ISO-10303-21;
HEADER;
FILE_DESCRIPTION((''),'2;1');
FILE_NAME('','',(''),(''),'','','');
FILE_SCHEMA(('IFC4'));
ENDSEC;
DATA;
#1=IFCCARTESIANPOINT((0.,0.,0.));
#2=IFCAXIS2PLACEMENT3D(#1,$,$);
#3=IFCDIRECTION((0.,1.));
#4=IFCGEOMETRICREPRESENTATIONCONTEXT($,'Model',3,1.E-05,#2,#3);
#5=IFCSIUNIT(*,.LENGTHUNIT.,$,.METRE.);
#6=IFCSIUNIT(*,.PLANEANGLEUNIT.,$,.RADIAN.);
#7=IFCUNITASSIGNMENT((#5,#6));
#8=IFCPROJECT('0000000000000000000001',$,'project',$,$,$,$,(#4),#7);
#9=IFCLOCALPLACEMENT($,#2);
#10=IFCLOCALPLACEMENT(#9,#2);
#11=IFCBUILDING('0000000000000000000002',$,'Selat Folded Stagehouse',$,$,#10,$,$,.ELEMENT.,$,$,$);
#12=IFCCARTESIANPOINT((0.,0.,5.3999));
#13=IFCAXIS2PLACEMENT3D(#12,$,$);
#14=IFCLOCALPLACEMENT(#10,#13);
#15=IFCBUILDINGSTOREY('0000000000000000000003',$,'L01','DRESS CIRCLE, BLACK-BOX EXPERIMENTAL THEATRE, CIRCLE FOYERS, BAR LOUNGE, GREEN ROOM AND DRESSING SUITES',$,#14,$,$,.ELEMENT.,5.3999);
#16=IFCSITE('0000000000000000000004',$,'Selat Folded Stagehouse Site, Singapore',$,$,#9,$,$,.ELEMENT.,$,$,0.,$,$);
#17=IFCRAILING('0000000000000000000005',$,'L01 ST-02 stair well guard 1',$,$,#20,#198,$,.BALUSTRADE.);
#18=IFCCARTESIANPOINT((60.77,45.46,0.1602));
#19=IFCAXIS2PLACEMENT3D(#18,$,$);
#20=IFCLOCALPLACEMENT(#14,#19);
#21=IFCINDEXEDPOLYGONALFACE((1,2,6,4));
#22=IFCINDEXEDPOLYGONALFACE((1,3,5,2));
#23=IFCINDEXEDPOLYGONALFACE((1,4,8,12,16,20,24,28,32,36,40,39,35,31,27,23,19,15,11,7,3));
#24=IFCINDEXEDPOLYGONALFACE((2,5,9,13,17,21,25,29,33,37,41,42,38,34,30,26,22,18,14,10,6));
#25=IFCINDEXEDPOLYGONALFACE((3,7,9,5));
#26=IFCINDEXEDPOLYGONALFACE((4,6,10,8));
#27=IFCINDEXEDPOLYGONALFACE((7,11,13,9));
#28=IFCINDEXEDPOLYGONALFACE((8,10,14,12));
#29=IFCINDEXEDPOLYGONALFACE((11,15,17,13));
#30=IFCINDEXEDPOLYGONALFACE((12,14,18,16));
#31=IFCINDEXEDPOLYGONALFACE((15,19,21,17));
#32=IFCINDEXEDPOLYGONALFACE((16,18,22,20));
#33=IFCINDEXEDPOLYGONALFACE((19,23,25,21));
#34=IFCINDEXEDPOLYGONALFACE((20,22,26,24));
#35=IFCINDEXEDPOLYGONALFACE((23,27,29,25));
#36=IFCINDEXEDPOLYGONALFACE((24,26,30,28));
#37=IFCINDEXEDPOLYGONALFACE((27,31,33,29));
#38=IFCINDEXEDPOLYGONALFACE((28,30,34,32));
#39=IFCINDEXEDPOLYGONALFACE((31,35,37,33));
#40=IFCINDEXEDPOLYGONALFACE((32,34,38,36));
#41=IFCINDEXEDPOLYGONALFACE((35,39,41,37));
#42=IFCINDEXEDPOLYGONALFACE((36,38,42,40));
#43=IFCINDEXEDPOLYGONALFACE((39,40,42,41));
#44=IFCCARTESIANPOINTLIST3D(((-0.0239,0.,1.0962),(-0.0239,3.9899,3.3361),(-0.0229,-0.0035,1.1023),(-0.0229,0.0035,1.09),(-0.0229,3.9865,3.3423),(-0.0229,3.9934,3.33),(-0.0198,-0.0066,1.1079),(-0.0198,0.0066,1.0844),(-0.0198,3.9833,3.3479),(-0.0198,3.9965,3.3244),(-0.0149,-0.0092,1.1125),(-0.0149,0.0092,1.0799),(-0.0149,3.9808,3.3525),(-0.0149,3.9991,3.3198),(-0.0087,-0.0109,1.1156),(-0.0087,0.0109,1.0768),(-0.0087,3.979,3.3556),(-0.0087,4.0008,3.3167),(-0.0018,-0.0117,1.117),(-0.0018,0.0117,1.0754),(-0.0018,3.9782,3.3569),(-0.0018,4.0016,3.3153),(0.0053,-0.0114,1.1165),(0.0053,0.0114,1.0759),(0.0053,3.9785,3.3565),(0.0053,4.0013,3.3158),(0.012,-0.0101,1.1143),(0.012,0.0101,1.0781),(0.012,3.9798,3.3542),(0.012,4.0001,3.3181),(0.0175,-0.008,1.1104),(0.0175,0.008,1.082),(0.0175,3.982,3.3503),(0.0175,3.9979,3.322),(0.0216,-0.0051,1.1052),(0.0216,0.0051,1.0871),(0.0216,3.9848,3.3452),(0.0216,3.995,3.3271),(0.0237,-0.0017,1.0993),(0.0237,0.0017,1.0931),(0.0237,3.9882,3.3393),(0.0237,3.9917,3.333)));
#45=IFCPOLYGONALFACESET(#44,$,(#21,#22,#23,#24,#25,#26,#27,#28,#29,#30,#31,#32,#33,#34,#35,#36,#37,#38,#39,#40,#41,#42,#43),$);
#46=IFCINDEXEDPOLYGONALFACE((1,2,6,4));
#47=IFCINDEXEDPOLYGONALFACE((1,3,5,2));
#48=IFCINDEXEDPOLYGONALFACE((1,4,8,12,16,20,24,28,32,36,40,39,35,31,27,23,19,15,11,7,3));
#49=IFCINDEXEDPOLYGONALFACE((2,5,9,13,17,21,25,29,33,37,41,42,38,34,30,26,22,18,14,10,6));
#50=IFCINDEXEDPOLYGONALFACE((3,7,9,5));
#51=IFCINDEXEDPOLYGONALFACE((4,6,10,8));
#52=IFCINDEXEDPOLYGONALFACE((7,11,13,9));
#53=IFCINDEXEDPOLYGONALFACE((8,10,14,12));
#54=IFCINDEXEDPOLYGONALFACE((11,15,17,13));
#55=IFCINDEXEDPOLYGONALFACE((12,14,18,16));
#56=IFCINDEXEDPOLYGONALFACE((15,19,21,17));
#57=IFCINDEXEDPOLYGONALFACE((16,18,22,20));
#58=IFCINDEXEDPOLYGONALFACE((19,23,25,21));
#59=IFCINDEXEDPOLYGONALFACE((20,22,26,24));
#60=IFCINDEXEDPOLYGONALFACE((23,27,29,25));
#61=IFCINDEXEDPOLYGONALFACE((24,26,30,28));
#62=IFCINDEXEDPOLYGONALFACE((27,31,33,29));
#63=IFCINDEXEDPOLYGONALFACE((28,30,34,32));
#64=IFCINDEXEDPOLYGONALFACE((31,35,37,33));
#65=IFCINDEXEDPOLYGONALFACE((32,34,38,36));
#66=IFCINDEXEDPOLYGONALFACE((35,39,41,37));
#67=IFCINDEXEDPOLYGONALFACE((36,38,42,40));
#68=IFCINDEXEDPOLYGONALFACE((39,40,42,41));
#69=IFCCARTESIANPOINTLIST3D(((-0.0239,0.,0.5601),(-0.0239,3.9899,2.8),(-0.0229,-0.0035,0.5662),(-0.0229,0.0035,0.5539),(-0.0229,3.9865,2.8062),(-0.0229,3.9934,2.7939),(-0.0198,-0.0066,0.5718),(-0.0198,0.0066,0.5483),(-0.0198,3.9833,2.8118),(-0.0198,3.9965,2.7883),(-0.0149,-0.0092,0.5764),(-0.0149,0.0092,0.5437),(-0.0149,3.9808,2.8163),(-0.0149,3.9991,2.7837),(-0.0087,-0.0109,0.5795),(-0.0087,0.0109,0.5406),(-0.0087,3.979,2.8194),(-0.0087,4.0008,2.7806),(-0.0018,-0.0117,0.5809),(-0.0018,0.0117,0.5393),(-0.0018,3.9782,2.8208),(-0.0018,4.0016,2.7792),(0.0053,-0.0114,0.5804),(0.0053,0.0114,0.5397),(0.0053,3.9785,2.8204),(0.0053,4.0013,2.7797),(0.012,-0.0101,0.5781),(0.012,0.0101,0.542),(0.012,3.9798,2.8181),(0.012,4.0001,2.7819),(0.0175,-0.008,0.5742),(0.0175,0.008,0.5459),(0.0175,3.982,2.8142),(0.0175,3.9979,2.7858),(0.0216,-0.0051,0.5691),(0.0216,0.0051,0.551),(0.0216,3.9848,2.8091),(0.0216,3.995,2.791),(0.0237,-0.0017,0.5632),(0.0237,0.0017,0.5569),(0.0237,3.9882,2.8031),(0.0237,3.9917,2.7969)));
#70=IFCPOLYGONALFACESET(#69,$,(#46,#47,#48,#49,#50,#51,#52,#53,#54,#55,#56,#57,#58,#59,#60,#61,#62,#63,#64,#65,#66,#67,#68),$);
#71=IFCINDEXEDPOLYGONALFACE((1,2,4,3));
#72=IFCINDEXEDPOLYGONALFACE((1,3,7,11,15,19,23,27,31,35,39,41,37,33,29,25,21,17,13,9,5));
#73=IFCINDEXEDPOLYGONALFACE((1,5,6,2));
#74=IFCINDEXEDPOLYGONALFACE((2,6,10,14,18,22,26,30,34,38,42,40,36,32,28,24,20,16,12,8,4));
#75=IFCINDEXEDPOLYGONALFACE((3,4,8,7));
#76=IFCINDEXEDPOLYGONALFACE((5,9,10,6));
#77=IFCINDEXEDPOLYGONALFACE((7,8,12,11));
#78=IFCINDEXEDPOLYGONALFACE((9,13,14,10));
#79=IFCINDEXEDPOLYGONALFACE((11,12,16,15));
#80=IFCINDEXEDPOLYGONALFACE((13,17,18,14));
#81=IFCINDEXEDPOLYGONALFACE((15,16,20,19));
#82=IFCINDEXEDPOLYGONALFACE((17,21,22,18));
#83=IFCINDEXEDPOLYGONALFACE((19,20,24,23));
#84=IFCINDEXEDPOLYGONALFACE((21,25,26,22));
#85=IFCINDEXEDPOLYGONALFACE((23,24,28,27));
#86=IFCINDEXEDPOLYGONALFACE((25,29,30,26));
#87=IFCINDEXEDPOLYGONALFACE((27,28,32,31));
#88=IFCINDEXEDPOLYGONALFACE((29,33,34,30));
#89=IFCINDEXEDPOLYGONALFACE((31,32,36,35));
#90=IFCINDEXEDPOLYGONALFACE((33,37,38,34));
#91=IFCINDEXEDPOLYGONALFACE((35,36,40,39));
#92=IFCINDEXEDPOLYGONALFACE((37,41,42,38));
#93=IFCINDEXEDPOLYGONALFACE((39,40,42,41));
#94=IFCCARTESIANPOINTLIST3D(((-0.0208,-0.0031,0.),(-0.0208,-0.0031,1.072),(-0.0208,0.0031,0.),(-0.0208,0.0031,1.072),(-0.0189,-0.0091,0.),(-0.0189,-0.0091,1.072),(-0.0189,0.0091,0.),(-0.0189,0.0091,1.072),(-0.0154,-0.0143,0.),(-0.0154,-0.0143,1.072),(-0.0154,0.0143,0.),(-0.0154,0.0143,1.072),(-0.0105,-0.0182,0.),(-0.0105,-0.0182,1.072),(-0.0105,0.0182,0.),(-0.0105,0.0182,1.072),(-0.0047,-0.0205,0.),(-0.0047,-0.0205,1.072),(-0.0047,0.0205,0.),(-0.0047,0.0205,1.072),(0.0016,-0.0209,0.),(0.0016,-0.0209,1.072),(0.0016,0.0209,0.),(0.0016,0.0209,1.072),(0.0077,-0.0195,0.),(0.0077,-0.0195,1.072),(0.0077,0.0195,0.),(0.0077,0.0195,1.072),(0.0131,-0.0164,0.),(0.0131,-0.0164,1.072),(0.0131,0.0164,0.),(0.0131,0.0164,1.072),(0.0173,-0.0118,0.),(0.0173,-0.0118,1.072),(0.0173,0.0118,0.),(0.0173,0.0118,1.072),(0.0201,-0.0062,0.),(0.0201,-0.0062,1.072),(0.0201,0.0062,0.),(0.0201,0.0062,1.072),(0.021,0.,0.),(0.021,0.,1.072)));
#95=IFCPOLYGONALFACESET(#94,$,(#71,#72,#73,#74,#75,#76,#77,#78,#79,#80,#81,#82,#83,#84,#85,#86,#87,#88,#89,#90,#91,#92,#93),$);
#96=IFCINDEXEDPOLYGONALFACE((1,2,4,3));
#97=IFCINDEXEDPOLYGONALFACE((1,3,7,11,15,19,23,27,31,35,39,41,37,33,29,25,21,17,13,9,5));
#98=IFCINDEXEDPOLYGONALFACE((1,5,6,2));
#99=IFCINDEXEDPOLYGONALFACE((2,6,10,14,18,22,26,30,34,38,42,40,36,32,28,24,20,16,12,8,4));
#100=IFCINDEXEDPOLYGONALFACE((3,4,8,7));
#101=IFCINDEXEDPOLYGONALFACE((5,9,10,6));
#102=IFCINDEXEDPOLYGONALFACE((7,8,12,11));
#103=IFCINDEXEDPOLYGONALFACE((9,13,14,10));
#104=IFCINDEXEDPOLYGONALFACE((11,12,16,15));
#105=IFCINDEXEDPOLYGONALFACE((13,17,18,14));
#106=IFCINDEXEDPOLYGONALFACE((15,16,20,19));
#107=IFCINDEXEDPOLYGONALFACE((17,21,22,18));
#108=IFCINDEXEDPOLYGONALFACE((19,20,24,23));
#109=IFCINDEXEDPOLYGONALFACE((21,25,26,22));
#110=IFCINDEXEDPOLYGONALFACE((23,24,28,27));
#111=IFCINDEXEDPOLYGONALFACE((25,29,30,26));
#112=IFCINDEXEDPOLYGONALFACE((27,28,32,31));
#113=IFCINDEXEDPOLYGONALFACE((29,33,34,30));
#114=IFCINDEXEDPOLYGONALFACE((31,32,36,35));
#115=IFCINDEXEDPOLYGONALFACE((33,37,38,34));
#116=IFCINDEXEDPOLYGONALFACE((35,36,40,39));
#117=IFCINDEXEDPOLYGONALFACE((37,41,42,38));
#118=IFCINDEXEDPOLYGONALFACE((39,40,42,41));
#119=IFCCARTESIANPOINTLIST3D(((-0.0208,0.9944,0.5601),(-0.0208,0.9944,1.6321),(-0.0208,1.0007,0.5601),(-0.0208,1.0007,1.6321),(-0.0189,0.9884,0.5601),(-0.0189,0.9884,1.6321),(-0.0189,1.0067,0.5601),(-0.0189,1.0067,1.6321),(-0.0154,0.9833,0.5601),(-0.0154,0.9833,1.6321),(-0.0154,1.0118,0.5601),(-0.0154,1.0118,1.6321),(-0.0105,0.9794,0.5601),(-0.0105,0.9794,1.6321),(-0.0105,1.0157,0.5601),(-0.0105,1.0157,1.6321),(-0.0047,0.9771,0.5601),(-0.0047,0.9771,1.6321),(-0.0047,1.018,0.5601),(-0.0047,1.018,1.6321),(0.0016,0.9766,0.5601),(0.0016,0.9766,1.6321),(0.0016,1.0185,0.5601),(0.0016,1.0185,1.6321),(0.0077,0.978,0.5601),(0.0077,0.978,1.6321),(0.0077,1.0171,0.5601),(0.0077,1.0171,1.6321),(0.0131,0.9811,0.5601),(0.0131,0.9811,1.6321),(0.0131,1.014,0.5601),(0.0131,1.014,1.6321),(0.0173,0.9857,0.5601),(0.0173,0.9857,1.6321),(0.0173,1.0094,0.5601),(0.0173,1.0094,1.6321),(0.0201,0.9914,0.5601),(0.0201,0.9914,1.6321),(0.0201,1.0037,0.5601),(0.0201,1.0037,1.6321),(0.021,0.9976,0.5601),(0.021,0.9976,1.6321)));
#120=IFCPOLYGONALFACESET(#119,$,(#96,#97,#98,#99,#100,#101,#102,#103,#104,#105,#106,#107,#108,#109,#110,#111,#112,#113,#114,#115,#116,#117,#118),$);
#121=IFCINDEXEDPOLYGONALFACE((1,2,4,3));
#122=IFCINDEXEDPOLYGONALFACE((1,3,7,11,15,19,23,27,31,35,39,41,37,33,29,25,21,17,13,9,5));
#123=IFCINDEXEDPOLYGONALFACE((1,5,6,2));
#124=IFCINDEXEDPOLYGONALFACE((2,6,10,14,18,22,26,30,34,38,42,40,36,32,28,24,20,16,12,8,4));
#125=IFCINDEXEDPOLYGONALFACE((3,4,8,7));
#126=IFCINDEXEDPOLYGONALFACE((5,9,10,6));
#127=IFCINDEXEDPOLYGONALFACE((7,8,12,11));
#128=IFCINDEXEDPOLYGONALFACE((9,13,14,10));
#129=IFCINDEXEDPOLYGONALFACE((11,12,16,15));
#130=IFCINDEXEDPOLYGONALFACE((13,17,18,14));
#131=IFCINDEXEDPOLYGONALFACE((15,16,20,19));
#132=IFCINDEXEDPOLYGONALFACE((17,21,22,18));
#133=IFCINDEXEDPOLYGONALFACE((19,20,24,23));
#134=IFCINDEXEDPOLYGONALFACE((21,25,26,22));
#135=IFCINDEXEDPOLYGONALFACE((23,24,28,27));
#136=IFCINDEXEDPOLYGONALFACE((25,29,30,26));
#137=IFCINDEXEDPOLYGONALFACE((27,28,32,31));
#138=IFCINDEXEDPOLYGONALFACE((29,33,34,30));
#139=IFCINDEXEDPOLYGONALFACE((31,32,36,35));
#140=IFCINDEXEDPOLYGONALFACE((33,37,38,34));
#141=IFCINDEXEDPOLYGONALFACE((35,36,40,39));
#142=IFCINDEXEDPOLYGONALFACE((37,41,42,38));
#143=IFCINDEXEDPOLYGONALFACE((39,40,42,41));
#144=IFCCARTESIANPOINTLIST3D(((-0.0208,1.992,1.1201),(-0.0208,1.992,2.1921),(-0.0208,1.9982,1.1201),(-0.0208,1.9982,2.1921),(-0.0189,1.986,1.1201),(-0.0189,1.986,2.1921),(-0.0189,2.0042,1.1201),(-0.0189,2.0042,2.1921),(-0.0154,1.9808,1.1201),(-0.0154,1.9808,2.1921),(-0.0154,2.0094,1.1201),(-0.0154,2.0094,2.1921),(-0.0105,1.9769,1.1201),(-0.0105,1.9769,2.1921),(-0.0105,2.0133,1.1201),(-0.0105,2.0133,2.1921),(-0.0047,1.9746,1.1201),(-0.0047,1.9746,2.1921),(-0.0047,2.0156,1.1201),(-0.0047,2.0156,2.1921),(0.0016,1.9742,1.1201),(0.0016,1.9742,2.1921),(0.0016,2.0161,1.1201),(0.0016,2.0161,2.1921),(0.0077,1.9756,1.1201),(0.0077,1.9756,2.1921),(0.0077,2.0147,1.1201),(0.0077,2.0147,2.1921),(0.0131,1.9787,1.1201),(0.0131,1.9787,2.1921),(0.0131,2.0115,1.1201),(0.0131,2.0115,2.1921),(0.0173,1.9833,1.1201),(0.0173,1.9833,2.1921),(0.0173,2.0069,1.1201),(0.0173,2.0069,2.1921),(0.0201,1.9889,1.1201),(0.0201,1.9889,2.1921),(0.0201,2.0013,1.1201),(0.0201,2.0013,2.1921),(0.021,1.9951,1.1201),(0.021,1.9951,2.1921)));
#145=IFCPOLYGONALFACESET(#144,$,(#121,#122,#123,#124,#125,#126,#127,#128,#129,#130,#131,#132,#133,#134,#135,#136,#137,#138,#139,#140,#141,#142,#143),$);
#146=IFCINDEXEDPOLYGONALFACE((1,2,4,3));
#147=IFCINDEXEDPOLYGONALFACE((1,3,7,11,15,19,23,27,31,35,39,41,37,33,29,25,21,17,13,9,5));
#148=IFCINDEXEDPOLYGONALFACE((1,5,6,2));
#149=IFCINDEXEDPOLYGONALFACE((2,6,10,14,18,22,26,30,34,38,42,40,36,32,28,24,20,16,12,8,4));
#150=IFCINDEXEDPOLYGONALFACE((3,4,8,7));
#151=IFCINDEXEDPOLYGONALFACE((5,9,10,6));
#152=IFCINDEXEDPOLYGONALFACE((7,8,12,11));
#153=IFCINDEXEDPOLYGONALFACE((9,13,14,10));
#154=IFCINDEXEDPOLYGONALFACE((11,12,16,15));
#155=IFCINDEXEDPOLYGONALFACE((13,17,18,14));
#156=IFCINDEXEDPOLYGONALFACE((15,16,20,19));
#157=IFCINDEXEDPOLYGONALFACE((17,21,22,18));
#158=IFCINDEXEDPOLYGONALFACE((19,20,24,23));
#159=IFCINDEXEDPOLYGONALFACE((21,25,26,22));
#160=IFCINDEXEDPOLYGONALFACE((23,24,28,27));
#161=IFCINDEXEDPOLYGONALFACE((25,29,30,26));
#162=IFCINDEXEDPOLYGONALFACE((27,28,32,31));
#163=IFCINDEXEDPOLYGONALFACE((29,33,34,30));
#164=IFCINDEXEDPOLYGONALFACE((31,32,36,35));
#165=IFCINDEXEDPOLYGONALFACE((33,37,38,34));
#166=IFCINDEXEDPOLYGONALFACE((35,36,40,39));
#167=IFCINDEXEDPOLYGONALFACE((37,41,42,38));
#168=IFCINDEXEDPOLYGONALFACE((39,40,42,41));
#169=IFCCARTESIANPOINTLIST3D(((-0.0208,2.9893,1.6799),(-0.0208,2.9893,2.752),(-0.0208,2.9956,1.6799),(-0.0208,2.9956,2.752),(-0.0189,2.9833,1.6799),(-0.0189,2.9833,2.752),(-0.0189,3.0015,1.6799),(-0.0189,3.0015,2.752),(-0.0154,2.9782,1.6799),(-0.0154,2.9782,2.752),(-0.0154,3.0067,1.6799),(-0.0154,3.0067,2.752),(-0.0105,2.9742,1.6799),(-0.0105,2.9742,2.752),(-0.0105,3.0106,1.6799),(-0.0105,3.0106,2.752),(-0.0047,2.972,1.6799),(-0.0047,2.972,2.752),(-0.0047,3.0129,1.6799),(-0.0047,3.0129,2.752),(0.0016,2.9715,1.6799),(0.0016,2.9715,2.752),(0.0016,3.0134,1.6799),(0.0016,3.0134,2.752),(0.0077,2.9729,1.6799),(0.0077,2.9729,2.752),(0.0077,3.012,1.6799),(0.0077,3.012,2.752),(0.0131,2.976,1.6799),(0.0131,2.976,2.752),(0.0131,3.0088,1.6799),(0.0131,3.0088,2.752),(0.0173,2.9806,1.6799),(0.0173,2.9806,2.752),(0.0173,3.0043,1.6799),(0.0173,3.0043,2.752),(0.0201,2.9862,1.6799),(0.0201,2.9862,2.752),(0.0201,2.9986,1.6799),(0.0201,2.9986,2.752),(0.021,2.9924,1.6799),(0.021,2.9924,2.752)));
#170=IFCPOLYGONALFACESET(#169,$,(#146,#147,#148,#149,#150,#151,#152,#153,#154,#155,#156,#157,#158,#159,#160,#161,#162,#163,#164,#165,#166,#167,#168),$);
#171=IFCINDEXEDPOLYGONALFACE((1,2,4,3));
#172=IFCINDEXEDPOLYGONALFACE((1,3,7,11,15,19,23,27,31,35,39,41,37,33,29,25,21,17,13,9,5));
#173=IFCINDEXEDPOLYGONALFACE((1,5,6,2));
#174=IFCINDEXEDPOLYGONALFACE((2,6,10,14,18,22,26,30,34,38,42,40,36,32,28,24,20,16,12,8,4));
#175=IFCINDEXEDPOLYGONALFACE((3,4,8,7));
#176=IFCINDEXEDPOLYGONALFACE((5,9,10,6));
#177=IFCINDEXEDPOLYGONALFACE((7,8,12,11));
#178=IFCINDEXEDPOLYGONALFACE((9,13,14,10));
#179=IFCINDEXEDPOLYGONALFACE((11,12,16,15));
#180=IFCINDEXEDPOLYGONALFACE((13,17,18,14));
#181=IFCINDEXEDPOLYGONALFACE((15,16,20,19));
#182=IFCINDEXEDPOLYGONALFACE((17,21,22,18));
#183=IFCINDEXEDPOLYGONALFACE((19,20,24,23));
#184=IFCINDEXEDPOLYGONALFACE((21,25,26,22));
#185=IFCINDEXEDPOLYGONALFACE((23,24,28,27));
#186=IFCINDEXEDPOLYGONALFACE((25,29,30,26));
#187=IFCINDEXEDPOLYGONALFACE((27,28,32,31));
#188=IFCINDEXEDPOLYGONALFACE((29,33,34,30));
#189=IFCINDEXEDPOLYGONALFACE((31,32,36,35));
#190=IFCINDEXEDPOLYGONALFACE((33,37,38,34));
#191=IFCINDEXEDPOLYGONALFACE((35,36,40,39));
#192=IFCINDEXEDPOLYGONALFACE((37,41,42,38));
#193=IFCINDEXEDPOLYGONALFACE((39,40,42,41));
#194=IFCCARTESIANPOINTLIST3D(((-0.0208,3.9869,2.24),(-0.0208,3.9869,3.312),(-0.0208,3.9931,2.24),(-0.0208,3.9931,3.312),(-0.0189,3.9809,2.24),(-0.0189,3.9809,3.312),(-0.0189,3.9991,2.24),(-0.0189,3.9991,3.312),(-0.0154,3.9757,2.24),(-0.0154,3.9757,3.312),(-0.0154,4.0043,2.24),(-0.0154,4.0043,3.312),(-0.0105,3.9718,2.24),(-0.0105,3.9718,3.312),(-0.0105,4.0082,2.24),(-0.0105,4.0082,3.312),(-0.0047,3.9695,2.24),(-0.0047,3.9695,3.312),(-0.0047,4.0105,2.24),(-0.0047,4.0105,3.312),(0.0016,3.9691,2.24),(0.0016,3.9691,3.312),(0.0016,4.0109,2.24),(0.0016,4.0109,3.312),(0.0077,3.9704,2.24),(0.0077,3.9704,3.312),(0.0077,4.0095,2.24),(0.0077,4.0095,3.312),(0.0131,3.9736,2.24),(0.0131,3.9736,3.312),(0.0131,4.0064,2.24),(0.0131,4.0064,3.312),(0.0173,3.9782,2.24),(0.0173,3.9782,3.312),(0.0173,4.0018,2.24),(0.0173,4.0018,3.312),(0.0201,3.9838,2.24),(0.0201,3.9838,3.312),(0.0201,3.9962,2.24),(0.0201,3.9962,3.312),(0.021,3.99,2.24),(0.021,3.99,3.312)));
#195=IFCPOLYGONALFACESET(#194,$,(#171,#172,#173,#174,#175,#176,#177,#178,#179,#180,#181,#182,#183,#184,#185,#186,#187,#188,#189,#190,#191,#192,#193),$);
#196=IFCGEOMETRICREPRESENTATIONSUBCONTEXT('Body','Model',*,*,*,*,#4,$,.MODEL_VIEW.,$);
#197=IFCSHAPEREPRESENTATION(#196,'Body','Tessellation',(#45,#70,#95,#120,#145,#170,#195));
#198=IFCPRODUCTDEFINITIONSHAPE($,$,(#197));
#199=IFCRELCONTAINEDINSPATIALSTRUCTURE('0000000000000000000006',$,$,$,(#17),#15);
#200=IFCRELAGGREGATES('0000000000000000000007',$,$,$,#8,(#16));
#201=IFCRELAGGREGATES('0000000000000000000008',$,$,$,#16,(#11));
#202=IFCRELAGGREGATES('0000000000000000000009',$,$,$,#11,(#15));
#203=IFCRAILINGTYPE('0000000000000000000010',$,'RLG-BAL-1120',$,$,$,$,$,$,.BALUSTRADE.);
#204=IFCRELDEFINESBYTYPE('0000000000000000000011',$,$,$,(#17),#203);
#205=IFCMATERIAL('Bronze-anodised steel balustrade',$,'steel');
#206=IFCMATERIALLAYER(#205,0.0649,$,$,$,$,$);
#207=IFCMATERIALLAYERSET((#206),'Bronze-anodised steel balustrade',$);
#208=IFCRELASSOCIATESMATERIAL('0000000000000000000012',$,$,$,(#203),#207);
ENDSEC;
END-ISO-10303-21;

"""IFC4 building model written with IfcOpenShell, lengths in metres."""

from ifc_helpers import new_model, si_unit, direction, frame, origin, origin_2d, place, context, subcontext, project, spatial, circle, extrude, material, layer, layer_set, type_object, element, save


model = new_model("IFC4")

# Units and contexts
model_context = context("Model", 3, precision=1e-05, world=origin(), true_north=direction((0.0, 1.0)))
body_context = subcontext(model_context, "Body", "Model", "MODEL_VIEW")
ifc_project = project(units=[si_unit("LENGTHUNIT", "METRE"), si_unit("PLANEANGLEUNIT", "RADIAN")], contexts=[model_context])

# Site, building, storey
site_placement = place(None, origin())
site = spatial("IfcSite", under=ifc_project, at=site_placement, Name="Selat Folded Stagehouse Site, Singapore", CompositionType="ELEMENT", RefElevation=0.0)
building_placement = place(site_placement, origin())
building = spatial("IfcBuilding", under=site, at=building_placement, Name="Selat Folded Stagehouse", CompositionType="ELEMENT")
storey_placement = place(building_placement, frame((0.0, 0.0, 5.3999)))
storey = spatial("IfcBuildingStorey", under=building, at=storey_placement, Name="L01", Description="DRESS CIRCLE, BLACK-BOX EXPERIMENTAL THEATRE, CIRCLE FOYERS, BAR LOUNGE, GREEN ROOM AND DRESSING SUITES", CompositionType="ELEMENT", Elevation=5.3999)

# Railing
ifc_material_1 = material(Name="Bronze-anodised steel balustrade", Category="steel")
ifc_layer_1 = layer(ifc_material_1, 0.0649)
ifc_layer_set_1 = layer_set([ifc_layer_1], Name="Bronze-anodised steel balustrade")
railing_type_1 = type_object("IfcRailingType", Name="RLG-BAL-1120", PredefinedType="BALUSTRADE", material=ifc_layer_set_1)
railing_1_placement = place(storey_placement, frame((60.77, 45.46, 0.1602)))
element("IfcRailing", 1, at=railing_1_placement, inside=storey, type_object=railing_type_1, Name="L01 ST-02 stair well guard 1", PredefinedType="BALUSTRADE", context=body_context, shape_type="SweptSolid", body=[
    extrude(circle(Radius=0.0239, at=origin_2d()), frame((0.0, 0.0, 1.0962), z_axis=(0.0, 0.871984, 0.489534), x_axis=(-1.0, 0.0, 0.0)), (0.0, 0.0, 1.0), 4.5757),
    extrude(circle(Radius=0.0239, at=origin_2d()), frame((0.0, 0.0, 0.5601), z_axis=(0.0, 0.871984, 0.489534), x_axis=(-1.0, 0.0, 0.0)), (0.0, 0.0, 1.0), 4.5757),
    extrude(circle(Radius=0.021, at=origin_2d()), origin(), (0.0, 0.0, 1.0), 1.072),
    extrude(circle(Radius=0.021, at=origin_2d()), frame((0.0, 0.9976, 0.5601)), (0.0, 0.0, 1.0), 1.072),
    extrude(circle(Radius=0.021, at=origin_2d()), frame((0.0, 1.9951, 1.1201)), (0.0, 0.0, 1.0), 1.072),
    extrude(circle(Radius=0.021, at=origin_2d()), frame((0.0, 2.9924, 1.6799)), (0.0, 0.0, 1.0), 1.072),
    extrude(circle(Radius=0.021, at=origin_2d()), frame((0.0, 3.99, 2.24)), (0.0, 0.0, 1.0), 1.072),
])

save(model, "model.ifc")
